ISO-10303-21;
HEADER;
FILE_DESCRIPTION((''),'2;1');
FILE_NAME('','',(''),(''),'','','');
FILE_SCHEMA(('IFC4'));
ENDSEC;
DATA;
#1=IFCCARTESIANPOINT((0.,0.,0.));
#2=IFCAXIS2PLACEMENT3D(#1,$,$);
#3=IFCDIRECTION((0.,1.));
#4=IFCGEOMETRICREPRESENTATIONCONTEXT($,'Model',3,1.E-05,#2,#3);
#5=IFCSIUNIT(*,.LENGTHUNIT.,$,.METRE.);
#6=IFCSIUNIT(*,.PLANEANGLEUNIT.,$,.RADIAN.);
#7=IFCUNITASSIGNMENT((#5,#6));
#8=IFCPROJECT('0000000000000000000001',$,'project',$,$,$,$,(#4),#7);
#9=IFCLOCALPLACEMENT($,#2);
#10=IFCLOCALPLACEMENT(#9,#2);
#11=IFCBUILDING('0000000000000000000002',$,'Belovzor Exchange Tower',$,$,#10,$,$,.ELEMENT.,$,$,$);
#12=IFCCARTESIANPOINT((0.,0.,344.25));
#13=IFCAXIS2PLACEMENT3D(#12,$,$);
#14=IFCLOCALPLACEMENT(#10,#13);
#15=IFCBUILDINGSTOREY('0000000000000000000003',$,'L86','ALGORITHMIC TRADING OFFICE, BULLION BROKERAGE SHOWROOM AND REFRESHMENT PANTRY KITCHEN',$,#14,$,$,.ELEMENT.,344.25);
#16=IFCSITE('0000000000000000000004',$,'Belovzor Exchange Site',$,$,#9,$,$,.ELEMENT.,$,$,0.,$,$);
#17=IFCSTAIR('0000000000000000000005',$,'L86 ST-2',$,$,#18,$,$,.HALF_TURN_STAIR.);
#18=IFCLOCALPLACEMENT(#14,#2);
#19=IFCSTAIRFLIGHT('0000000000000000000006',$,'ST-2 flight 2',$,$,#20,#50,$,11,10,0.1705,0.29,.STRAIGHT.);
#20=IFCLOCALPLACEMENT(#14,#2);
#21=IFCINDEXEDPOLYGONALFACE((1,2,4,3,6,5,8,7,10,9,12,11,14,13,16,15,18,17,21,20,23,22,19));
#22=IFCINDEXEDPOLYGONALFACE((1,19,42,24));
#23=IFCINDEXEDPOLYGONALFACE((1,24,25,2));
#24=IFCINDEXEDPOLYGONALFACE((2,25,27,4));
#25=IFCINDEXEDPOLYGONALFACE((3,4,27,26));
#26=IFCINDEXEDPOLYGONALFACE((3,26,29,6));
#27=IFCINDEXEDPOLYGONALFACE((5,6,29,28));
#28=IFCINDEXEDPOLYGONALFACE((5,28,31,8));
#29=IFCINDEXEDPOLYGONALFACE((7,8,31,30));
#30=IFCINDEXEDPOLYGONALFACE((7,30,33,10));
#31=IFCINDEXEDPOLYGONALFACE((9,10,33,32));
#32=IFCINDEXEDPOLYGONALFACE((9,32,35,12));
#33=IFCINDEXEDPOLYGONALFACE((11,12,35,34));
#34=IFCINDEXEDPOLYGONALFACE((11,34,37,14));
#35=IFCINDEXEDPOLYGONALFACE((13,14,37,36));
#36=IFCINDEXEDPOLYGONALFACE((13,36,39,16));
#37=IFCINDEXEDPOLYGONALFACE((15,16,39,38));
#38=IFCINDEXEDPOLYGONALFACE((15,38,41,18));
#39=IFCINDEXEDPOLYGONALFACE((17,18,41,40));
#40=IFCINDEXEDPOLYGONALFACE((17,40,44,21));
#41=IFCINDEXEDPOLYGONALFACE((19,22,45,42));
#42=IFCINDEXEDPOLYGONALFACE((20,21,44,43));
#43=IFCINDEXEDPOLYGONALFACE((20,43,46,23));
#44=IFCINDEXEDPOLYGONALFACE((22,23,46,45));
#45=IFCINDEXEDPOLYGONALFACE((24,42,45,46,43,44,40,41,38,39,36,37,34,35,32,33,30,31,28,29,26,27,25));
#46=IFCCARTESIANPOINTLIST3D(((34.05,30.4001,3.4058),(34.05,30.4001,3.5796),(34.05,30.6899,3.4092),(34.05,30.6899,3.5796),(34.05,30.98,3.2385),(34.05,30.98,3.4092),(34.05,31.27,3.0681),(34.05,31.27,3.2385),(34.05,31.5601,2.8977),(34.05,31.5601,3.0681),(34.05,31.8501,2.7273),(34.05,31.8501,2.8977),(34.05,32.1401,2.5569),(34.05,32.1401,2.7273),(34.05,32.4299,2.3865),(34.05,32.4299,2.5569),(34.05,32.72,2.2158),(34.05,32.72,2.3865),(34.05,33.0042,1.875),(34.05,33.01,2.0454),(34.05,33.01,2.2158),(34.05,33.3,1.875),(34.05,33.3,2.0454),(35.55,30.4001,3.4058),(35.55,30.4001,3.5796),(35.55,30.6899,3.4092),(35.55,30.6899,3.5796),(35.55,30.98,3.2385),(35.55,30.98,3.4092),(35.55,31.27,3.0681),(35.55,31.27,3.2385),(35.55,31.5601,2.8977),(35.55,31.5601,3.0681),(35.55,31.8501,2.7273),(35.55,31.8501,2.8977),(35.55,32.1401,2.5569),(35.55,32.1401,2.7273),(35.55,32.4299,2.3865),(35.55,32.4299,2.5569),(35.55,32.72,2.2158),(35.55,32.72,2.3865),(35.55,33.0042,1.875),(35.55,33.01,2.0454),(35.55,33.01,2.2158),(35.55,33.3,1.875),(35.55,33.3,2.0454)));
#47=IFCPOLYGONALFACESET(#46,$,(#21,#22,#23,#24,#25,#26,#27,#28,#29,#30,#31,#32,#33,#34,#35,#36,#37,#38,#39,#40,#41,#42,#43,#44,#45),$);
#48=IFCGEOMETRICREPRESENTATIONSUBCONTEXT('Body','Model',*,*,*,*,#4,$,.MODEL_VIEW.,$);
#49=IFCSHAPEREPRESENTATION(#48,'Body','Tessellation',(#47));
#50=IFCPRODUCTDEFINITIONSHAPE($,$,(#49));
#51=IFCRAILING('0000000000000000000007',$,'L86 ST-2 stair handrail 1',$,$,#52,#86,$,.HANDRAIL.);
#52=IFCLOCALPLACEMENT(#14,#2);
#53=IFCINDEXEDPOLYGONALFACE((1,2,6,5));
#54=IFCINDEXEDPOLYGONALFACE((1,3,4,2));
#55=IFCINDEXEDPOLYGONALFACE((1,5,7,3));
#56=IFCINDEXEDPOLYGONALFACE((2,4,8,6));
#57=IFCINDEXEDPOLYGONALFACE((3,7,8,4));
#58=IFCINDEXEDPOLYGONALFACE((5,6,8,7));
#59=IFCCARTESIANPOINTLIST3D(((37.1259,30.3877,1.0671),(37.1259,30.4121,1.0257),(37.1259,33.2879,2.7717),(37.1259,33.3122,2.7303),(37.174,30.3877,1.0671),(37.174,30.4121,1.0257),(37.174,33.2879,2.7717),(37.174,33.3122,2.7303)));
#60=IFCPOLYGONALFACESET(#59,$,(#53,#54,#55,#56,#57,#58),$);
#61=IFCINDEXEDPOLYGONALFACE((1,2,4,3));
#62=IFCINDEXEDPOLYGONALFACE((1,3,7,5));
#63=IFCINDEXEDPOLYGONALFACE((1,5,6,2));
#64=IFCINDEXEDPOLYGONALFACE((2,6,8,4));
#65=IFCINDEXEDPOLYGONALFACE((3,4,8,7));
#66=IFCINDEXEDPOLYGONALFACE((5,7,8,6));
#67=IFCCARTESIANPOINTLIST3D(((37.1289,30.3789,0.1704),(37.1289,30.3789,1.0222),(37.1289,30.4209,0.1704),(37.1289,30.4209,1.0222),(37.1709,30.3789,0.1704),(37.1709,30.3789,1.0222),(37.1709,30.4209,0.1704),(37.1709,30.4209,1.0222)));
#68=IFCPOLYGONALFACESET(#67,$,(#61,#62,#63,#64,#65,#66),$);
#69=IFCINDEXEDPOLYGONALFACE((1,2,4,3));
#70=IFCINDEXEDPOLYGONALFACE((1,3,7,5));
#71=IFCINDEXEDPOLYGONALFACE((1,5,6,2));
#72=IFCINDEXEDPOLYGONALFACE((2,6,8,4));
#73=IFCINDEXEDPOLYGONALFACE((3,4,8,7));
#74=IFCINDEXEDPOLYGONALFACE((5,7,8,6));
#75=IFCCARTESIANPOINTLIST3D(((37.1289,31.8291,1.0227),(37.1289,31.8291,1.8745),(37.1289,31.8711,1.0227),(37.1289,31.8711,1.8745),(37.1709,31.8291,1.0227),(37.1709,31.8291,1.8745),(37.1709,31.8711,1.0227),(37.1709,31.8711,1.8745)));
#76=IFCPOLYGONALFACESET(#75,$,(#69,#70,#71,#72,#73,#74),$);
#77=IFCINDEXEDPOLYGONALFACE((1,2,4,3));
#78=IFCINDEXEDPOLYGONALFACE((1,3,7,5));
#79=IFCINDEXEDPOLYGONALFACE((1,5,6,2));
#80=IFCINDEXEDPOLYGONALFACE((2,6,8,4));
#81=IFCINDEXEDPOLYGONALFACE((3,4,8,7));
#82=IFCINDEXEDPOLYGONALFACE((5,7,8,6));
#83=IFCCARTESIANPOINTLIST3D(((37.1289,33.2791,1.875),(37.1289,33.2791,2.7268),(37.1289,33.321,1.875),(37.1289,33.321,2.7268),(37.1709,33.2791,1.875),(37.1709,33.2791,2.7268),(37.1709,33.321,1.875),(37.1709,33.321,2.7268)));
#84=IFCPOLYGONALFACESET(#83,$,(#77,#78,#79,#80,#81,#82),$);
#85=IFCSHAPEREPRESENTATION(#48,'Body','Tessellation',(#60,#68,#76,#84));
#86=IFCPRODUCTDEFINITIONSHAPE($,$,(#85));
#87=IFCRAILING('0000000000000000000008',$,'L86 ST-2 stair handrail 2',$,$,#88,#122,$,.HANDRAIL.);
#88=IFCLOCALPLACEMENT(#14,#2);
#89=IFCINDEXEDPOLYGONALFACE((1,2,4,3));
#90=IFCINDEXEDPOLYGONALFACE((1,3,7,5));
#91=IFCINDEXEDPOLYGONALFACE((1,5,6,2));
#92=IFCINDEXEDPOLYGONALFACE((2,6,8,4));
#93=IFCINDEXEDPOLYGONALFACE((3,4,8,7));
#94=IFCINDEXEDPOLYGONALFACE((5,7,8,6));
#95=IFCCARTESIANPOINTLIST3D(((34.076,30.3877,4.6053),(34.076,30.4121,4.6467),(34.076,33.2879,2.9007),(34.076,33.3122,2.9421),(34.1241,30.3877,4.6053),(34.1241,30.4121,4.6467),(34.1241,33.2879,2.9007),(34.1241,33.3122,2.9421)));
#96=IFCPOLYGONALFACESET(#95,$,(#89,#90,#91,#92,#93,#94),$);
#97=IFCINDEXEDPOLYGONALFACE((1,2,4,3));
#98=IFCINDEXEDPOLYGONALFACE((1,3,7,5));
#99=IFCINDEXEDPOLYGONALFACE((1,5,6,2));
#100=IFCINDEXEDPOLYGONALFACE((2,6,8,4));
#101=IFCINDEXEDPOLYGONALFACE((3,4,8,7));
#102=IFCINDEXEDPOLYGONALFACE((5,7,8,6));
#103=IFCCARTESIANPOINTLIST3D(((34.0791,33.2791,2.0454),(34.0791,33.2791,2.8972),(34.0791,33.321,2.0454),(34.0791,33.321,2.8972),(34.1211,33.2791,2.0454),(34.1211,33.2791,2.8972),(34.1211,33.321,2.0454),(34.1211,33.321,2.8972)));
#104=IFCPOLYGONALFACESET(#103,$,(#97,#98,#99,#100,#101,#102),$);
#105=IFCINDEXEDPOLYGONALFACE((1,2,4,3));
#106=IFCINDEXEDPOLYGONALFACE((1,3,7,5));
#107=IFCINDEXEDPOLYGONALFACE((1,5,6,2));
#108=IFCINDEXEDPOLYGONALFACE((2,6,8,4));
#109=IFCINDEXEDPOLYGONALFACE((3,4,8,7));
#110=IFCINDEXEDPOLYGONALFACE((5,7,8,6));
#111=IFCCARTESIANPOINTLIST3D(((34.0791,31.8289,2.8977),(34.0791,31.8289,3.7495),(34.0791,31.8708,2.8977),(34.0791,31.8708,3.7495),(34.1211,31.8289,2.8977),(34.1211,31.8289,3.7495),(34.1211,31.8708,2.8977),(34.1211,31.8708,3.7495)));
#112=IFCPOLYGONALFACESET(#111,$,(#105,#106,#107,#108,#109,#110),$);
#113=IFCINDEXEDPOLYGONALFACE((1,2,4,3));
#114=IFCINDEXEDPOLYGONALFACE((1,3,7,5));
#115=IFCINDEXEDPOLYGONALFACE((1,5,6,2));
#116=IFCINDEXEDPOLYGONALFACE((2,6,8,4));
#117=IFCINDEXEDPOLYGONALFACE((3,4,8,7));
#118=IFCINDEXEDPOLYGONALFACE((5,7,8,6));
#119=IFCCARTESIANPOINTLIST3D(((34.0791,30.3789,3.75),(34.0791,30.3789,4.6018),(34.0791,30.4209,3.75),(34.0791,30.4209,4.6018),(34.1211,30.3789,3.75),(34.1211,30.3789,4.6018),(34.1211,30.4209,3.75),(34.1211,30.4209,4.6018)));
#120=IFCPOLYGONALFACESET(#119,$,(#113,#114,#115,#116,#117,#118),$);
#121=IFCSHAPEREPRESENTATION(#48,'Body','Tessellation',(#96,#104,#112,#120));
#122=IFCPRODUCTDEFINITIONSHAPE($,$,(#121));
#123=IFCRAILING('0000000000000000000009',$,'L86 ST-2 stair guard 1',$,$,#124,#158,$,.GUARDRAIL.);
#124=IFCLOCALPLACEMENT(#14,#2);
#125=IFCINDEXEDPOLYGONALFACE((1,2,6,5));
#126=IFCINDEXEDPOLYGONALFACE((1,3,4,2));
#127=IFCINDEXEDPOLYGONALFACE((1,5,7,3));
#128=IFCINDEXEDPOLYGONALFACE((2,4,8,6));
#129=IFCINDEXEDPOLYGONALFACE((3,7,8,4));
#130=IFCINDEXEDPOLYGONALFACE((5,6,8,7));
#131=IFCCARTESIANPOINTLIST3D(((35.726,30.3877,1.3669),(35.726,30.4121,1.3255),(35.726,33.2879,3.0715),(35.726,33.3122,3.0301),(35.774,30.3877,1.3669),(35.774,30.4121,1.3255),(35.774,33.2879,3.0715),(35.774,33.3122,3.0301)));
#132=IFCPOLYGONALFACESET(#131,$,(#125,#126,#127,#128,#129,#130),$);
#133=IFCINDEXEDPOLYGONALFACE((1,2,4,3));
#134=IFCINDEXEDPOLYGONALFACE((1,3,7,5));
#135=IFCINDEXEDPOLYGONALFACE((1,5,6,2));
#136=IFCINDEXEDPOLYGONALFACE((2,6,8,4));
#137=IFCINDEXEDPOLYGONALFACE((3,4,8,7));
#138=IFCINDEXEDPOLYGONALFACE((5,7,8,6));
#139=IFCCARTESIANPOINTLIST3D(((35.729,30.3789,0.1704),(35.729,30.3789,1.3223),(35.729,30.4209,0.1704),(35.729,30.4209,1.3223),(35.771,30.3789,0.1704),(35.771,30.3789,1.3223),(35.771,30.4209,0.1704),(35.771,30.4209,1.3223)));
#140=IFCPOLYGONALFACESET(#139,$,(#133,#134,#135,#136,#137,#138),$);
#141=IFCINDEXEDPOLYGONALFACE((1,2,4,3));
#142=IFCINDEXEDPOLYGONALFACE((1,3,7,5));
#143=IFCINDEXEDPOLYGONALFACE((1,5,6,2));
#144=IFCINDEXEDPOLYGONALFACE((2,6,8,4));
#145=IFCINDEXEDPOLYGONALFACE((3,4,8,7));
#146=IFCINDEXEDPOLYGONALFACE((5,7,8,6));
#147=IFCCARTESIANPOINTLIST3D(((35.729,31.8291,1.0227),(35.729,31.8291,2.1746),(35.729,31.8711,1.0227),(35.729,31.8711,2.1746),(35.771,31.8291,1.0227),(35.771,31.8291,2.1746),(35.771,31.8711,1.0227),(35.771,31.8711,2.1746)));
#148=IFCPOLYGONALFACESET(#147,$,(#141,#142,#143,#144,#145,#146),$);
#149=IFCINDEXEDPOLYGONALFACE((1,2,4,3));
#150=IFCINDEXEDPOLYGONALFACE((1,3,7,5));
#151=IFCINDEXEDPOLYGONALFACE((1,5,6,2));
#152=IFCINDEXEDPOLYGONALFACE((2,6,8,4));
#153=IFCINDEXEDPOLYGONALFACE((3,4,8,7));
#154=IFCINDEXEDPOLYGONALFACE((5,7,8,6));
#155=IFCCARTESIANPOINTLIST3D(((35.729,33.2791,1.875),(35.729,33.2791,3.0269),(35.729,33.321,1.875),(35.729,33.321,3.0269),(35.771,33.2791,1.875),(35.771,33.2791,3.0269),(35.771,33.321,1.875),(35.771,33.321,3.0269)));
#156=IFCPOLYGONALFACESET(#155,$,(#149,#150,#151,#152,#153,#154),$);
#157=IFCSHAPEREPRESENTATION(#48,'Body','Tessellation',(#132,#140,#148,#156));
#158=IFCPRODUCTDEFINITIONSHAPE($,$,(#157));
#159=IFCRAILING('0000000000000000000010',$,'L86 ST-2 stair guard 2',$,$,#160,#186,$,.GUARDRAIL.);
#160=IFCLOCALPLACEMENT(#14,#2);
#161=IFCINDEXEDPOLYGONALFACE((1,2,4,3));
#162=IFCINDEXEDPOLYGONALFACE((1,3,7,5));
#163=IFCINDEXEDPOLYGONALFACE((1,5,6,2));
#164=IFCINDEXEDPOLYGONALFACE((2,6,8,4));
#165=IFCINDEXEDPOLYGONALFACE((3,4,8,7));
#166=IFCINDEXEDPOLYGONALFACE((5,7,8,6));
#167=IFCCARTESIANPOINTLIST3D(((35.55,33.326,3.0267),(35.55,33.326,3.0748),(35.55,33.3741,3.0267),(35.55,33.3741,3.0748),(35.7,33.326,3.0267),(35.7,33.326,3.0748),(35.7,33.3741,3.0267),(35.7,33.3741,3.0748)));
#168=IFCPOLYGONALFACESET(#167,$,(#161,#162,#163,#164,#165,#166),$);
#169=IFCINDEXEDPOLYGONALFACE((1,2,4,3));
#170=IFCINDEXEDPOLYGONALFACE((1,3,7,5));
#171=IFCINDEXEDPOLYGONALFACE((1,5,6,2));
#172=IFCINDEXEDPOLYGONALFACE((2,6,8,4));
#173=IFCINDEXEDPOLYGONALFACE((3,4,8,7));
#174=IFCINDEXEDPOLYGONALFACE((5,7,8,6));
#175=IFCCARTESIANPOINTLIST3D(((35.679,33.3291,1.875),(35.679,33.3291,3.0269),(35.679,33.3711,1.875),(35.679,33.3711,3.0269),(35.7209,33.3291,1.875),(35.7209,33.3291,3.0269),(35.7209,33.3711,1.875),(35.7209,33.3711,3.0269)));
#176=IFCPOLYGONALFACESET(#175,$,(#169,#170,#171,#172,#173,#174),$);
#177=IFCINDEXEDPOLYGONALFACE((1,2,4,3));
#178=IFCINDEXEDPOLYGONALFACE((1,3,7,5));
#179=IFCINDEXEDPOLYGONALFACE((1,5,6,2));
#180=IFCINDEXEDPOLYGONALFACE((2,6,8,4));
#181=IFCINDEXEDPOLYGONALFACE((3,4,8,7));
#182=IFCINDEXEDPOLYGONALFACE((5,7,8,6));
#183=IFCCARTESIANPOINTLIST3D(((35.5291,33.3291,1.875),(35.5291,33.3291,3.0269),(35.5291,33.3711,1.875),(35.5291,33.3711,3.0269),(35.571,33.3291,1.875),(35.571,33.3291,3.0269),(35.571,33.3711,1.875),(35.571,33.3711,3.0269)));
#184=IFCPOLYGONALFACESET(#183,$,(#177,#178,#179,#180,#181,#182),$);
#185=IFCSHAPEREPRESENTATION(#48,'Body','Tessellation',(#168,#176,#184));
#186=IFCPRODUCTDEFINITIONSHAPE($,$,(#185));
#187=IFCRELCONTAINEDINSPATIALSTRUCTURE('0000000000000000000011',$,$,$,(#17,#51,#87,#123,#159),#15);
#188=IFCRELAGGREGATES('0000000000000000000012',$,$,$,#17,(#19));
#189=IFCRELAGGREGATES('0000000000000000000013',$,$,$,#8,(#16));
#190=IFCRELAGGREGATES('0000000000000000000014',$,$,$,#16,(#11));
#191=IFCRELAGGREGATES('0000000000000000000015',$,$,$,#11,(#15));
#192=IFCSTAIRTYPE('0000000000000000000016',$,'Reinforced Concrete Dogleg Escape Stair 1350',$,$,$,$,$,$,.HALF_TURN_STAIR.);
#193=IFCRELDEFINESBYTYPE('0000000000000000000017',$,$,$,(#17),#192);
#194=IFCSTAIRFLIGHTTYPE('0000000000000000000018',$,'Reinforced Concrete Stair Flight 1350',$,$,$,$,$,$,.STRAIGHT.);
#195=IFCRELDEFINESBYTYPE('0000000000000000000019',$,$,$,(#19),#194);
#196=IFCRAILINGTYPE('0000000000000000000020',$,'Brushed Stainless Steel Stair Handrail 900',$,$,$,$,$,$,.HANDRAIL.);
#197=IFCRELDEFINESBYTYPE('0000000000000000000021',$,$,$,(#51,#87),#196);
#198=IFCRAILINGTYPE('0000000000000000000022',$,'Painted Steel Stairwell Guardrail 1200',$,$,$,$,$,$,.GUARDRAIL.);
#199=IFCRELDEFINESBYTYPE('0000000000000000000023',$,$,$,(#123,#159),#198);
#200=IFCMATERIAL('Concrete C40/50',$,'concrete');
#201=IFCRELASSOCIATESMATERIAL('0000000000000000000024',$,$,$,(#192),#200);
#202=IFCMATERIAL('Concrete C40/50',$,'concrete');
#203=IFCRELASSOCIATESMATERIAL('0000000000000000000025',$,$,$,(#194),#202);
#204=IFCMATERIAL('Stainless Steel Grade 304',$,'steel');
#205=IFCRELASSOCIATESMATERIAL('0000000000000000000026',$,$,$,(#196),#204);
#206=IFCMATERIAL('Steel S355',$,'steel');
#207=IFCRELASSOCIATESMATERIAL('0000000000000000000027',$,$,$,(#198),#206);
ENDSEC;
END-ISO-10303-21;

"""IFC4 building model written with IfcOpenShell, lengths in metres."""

from ifc_helpers import new_model, si_unit, direction, frame, origin, origin_2d, place, context, subcontext, project, spatial, polyline, rectangle, outline, extrude, material, type_object, element, aggregate, save


model = new_model("IFC4")

# Units and contexts
model_context = context("Model", 3, precision=1e-05, world=origin(), true_north=direction((0.0, 1.0)))
body_context = subcontext(model_context, "Body", "Model", "MODEL_VIEW")
ifc_project = project(units=[si_unit("LENGTHUNIT", "METRE"), si_unit("PLANEANGLEUNIT", "RADIAN")], contexts=[model_context])

# Site, building, storey
site_placement = place(None, origin())
site = spatial("IfcSite", under=ifc_project, at=site_placement, Name="Belovzor Exchange Site", CompositionType="ELEMENT", RefElevation=0.0)
building_placement = place(site_placement, origin())
building = spatial("IfcBuilding", under=site, at=building_placement, Name="Belovzor Exchange Tower", CompositionType="ELEMENT")
storey_placement = place(building_placement, frame((0.0, 0.0, 344.25)))
storey = spatial("IfcBuildingStorey", under=building, at=storey_placement, Name="L86", Description="ALGORITHMIC TRADING OFFICE, BULLION BROKERAGE SHOWROOM AND REFRESHMENT PANTRY KITCHEN", CompositionType="ELEMENT", Elevation=344.25)

# Stair, stair flight
ifc_material_1 = material(Name="Concrete C40/50", Category="concrete")
stair_type = type_object("IfcStairType", Name="Reinforced Concrete Dogleg Escape Stair 1350", PredefinedType="HALF_TURN_STAIR", material=ifc_material_1)
stair_placement = place(storey_placement, origin())
stair = element("IfcStair", 1, at=stair_placement, inside=storey, type_object=stair_type, Name="L86 ST-2", PredefinedType="HALF_TURN_STAIR")
ifc_material_2 = material(Name="Concrete C40/50", Category="concrete")
stair_flight_type = type_object("IfcStairFlightType", Name="Reinforced Concrete Stair Flight 1350", PredefinedType="STRAIGHT", material=ifc_material_2)
stair_flight_1_placement = place(storey_placement, frame((34.8, 33.3, 1.875), z_axis=(0.0, 0.0, 1.0), x_axis=(0.0, -1.0, 0.0)))
stair_flight_1 = element("IfcStairFlight", 2, at=stair_flight_1_placement, type_object=stair_flight_type, Name="ST-2 flight 2", NumberOfRisers=11, NumberOfTreads=10, PredefinedType="STRAIGHT", RiserHeight=0.1705, TreadLength=0.29, context=body_context, shape_type="SweptSolid", body=[
    extrude(outline(polyline([(0.0, 0.0), (0.0, 0.1704), (0.29, 0.1704), (0.29, 0.3408), (0.5801, 0.3408), (0.5801, 0.5115), (0.8701, 0.5115), (0.8701, 0.6819), (1.1599, 0.6819), (1.1599, 0.8523), (1.45, 0.8523), (1.45, 1.0227), (1.74, 1.0227), (1.74, 1.1931), (2.03, 1.1931), (2.03, 1.3635), (2.3201, 1.3635), (2.3201, 1.5342), (2.6101, 1.5342), (2.6101, 1.7046), (2.8999, 1.7046), (2.8999, 1.875), (2.8999, 1.5308), (0.2959, 0.0), (0.0, 0.0)])), frame((0.0, 0.75, 0.0), z_axis=(0.0, -1.0, 0.0), x_axis=(1.0, 0.0, 0.0)), (0.0, 0.0, 1.0), 1.5),
])
aggregate(stair, [stair_flight_1])

# Railings
ifc_material_3 = material(Name="Stainless Steel Grade 304", Category="steel")
railing_type_1 = type_object("IfcRailingType", Name="Brushed Stainless Steel Stair Handrail 900", PredefinedType="HANDRAIL", material=ifc_material_3)
railing_1_placement = place(storey_placement, frame((37.1499, 30.3999, 0.1704)))
element("IfcRailing", 3, at=railing_1_placement, inside=storey, type_object=railing_type_1, Name="L86 ST-2 stair handrail 1", PredefinedType="HANDRAIL", context=body_context, shape_type="SweptSolid", body=[
    extrude(rectangle(XDim=0.0481, YDim=0.0481, at=origin_2d()), frame((0.0, 0.0, 0.876), z_axis=(0.0, 0.862113, 0.506716), x_axis=(-1.0, 0.0, 0.0)), (0.0, 0.0, 1.0), 3.364),
    extrude(rectangle(XDim=0.042, YDim=0.042, at=origin_2d()), origin(), (0.0, 0.0, 1.0), 0.8518),
    extrude(rectangle(XDim=0.042, YDim=0.042, at=origin_2d()), frame((0.0, 1.4502, 0.8523)), (0.0, 0.0, 1.0), 0.8518),
    extrude(rectangle(XDim=0.042, YDim=0.042, at=origin_2d()), frame((0.0, 2.9001, 1.7046)), (0.0, 0.0, 1.0), 0.8518),
])
railing_2_placement = place(storey_placement, frame((34.1001, 33.3, 2.0454)))
element("IfcRailing", 4, at=railing_2_placement, inside=storey, type_object=railing_type_1, Name="L86 ST-2 stair handrail 2", PredefinedType="HANDRAIL", context=body_context, shape_type="SweptSolid", body=[
    extrude(rectangle(XDim=0.0481, YDim=0.0481, at=origin_2d()), frame((0.0, 0.0, 0.876), z_axis=(0.0, -0.862113, 0.506716), x_axis=(1.0, 0.0, 0.0)), (0.0, 0.0, 1.0), 3.364),
    extrude(rectangle(XDim=0.042, YDim=0.042, at=origin_2d()), origin(), (0.0, 0.0, 1.0), 0.8518),
    extrude(rectangle(XDim=0.042, YDim=0.042, at=origin_2d()), frame((0.0, -1.4502, 0.8523)), (0.0, 0.0, 1.0), 0.8518),
    extrude(rectangle(XDim=0.042, YDim=0.042, at=origin_2d()), frame((0.0, -2.9001, 1.7046)), (0.0, 0.0, 1.0), 0.8518),
])
ifc_material_4 = material(Name="Steel S355", Category="steel")
railing_type_2 = type_object("IfcRailingType", Name="Painted Steel Stairwell Guardrail 1200", PredefinedType="GUARDRAIL", material=ifc_material_4)
railing_3_placement = place(storey_placement, frame((35.75, 30.3999, 0.1704)))
element("IfcRailing", 5, at=railing_3_placement, inside=storey, type_object=railing_type_2, Name="L86 ST-2 stair guard 1", PredefinedType="GUARDRAIL", context=body_context, shape_type="SweptSolid", body=[
    extrude(rectangle(XDim=0.0481, YDim=0.0481, at=origin_2d()), frame((0.0, 0.0, 1.1758), z_axis=(0.0, 0.862113, 0.506716), x_axis=(-1.0, 0.0, 0.0)), (0.0, 0.0, 1.0), 3.364),
    extrude(rectangle(XDim=0.042, YDim=0.042, at=origin_2d()), origin(), (0.0, 0.0, 1.0), 1.1519),
    extrude(rectangle(XDim=0.042, YDim=0.042, at=origin_2d()), frame((0.0, 1.4502, 0.8523)), (0.0, 0.0, 1.0), 1.1519),
    extrude(rectangle(XDim=0.042, YDim=0.042, at=origin_2d()), frame((0.0, 2.9001, 1.7046)), (0.0, 0.0, 1.0), 1.1519),
])
railing_4_placement = place(storey_placement, frame((35.7, 33.3501, 1.875)))
element("IfcRailing", 6, at=railing_4_placement, inside=storey, type_object=railing_type_2, Name="L86 ST-2 stair guard 2", PredefinedType="GUARDRAIL", context=body_context, shape_type="SweptSolid", body=[
    extrude(rectangle(XDim=0.0481, YDim=0.0481, at=origin_2d()), frame((0.0, 0.0, 1.1758), z_axis=(-1.0, 0.0, 0.0), x_axis=(0.0, -1.0, 0.0)), (0.0, 0.0, 1.0), 0.1499),
    extrude(rectangle(XDim=0.042, YDim=0.042, at=origin_2d()), origin(), (0.0, 0.0, 1.0), 1.1519),
    extrude(rectangle(XDim=0.042, YDim=0.042, at=origin_2d()), frame((-0.1499, 0.0, 0.0)), (0.0, 0.0, 1.0), 1.1519),
])

save(model, "model.ifc")
